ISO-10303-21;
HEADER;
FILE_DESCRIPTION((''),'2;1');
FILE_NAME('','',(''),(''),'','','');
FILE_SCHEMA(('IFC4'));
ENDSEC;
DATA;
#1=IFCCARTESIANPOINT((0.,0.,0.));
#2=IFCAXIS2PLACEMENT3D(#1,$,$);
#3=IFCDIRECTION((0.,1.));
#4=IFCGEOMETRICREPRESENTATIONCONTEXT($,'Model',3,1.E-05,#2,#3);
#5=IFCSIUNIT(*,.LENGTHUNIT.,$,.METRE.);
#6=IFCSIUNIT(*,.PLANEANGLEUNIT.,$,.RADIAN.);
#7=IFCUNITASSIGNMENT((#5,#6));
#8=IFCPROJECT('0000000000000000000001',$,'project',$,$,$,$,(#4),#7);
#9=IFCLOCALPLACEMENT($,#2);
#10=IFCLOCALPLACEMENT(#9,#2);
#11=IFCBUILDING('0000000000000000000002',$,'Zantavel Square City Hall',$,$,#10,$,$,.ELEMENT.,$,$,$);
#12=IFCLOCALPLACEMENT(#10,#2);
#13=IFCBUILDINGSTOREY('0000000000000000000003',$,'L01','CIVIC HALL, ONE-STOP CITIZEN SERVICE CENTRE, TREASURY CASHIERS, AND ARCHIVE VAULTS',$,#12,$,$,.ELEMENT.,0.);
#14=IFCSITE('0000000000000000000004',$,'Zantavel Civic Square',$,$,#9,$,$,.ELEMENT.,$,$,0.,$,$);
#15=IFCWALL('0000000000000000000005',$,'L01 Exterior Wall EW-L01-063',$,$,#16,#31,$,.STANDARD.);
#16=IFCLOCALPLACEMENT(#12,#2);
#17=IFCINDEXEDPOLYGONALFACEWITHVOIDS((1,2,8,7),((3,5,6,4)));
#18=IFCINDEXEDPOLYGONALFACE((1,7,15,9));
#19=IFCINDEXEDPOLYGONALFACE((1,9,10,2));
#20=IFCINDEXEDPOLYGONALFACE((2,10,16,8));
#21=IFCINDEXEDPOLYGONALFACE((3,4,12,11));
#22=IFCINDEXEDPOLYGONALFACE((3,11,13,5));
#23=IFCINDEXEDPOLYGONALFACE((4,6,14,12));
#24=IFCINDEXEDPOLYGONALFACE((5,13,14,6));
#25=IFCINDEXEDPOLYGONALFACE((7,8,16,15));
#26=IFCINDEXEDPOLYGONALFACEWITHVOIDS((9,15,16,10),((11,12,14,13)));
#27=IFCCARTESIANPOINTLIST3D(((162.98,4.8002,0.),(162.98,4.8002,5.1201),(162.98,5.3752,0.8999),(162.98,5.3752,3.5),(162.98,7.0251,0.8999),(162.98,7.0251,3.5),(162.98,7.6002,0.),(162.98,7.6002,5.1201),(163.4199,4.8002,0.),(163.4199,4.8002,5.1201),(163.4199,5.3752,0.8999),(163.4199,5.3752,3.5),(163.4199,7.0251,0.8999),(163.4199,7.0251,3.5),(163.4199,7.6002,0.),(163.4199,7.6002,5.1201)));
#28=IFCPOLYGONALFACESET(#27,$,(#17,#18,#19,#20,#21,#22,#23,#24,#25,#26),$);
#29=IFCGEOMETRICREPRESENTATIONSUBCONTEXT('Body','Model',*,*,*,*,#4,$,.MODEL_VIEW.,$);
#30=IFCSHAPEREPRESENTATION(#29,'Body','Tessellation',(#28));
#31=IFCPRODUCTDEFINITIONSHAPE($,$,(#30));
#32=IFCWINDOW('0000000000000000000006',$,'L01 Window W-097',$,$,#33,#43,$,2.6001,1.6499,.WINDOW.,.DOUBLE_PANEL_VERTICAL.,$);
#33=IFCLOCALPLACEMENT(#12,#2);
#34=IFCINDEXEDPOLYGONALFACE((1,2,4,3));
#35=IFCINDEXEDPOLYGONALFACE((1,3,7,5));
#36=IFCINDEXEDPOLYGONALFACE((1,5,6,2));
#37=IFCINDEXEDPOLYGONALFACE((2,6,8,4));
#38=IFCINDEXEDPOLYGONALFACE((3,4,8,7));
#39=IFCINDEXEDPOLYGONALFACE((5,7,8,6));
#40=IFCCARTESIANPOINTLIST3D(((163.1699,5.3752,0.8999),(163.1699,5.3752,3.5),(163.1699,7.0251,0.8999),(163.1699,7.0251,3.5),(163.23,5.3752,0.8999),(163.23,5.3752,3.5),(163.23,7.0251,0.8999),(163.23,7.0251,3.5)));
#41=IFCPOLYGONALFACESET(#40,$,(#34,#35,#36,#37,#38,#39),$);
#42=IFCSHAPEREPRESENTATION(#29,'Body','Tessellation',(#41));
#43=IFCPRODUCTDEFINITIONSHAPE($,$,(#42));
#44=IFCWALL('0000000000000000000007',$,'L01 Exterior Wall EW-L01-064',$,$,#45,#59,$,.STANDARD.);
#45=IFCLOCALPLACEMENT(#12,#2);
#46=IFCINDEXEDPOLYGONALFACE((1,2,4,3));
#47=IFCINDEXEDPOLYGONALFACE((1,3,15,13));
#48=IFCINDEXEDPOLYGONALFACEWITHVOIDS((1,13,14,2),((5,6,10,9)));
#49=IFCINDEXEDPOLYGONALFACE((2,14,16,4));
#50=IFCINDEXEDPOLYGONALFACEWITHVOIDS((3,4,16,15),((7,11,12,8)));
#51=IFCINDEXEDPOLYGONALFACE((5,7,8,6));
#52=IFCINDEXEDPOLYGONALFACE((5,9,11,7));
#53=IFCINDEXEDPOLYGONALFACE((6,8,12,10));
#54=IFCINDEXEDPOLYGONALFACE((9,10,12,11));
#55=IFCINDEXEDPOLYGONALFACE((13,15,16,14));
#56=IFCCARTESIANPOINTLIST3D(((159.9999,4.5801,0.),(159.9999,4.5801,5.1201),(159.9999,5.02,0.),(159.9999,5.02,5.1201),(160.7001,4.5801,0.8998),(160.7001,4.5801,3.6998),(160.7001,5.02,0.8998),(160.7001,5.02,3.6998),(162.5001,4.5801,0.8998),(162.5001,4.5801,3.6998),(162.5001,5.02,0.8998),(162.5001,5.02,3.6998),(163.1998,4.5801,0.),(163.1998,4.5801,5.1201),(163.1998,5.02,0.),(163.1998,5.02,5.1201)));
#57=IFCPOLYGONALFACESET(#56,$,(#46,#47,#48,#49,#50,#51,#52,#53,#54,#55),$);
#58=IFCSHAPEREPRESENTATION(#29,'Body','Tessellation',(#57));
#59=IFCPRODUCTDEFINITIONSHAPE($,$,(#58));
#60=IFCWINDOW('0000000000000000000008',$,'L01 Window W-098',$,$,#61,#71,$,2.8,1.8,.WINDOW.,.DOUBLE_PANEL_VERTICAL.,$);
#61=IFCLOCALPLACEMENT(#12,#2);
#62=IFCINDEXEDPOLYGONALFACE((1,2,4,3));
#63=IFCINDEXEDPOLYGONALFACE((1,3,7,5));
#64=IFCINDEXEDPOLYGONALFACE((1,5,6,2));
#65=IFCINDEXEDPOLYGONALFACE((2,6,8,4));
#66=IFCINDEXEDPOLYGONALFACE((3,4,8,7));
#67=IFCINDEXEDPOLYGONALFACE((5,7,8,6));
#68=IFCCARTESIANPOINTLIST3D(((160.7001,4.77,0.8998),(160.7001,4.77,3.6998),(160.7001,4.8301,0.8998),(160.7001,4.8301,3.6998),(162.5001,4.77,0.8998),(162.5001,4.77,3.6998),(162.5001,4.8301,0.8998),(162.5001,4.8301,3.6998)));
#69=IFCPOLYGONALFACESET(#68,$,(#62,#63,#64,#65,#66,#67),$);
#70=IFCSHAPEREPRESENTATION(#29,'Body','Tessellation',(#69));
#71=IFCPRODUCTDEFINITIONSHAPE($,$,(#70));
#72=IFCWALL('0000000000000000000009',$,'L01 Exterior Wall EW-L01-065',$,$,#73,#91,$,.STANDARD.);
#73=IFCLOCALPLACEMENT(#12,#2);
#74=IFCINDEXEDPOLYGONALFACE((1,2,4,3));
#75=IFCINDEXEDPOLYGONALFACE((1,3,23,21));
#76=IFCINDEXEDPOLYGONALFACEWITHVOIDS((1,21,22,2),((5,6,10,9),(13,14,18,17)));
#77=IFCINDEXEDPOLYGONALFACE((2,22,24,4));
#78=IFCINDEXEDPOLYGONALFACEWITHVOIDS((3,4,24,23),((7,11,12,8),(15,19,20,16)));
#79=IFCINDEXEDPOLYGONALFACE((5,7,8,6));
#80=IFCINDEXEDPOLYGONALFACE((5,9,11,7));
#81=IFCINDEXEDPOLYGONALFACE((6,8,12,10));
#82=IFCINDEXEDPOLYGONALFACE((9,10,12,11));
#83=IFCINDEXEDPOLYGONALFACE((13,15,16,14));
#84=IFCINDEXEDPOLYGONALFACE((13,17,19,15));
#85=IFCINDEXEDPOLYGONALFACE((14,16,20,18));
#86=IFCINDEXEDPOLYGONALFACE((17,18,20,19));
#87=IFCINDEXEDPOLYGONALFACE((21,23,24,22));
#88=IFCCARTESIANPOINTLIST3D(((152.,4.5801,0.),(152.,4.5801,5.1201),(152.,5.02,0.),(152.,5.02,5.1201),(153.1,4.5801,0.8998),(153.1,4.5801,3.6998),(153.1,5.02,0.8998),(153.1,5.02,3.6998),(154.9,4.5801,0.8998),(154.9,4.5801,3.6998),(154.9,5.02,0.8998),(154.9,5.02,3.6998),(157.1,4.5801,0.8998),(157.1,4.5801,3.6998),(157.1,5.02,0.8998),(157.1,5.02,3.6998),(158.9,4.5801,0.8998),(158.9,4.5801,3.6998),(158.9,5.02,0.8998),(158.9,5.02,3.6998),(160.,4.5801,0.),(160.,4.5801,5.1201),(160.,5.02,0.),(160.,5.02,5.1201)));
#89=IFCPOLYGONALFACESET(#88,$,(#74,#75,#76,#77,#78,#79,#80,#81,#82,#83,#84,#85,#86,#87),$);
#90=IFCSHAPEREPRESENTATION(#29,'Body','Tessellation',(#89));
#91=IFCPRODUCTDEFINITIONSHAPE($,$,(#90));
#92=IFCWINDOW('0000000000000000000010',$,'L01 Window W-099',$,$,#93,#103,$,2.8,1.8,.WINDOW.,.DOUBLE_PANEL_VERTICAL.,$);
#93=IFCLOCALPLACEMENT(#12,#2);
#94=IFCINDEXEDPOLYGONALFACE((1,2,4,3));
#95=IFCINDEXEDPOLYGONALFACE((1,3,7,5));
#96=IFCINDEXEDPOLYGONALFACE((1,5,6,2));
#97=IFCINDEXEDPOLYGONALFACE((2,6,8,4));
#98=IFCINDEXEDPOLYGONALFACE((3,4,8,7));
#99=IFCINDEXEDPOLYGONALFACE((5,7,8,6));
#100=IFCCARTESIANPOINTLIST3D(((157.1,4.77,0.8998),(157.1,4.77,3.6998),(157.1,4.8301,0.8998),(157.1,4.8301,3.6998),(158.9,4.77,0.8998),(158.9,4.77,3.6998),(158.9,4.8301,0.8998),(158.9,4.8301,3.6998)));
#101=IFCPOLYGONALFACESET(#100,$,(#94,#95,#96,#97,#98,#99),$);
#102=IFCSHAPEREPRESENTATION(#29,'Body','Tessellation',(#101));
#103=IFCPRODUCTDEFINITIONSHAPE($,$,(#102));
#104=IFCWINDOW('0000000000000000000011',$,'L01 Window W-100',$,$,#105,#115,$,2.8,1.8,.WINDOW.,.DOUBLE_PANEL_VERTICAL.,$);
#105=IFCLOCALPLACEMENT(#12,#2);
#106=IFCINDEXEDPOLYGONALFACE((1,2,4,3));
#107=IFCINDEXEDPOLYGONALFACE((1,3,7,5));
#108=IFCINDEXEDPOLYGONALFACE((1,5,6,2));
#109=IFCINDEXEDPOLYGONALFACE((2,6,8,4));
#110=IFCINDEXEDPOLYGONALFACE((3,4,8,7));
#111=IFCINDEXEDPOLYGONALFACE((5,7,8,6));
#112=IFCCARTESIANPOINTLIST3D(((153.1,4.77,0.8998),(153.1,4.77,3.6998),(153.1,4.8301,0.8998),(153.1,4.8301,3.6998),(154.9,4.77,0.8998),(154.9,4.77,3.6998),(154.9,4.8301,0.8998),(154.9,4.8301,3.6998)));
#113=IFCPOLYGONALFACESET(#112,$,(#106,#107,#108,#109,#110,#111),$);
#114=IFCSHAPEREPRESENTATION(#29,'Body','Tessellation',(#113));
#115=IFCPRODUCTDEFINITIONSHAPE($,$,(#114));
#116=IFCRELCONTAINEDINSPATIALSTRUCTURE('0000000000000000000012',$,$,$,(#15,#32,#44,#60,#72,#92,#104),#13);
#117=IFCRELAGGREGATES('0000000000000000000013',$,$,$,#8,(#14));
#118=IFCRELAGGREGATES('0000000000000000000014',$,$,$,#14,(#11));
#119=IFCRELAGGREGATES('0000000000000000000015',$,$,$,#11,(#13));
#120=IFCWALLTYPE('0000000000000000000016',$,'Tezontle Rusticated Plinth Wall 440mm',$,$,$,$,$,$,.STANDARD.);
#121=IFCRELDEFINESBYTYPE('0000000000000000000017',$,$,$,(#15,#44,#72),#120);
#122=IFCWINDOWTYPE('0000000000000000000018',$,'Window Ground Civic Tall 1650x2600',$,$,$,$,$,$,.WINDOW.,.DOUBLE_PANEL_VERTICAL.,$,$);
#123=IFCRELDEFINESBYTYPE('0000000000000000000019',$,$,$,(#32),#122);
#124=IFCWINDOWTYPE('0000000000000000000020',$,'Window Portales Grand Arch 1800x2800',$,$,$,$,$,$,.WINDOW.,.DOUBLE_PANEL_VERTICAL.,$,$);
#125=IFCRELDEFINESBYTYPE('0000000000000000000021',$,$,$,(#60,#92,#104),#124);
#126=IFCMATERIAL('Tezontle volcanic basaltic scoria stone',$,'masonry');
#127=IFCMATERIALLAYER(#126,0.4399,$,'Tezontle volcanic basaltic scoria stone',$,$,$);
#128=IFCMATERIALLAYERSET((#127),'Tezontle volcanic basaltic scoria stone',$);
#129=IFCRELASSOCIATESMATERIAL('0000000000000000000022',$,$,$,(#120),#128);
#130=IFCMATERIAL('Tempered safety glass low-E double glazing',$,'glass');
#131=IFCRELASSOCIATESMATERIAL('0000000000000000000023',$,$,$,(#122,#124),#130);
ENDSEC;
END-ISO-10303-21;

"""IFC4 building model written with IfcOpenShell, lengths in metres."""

from ifc_helpers import new_model, si_unit, direction, frame, frame_2d, origin, place, context, subcontext, project, spatial, rectangle, extrude, material, layer, layer_set, type_object, element, fill, save


model = new_model("IFC4")

# Units and contexts
model_context = context("Model", 3, precision=1e-05, world=origin(), true_north=direction((0.0, 1.0)))
body_context = subcontext(model_context, "Body", "Model", "MODEL_VIEW")
ifc_project = project(units=[si_unit("LENGTHUNIT", "METRE"), si_unit("PLANEANGLEUNIT", "RADIAN")], contexts=[model_context])

# Site, building, storey
site_placement = place(None, origin())
site = spatial("IfcSite", under=ifc_project, at=site_placement, Name="Zantavel Civic Square", CompositionType="ELEMENT", RefElevation=0.0)
building_placement = place(site_placement, origin())
building = spatial("IfcBuilding", under=site, at=building_placement, Name="Zantavel Square City Hall", CompositionType="ELEMENT")
storey_placement = place(building_placement, origin())
storey = spatial("IfcBuildingStorey", under=building, at=storey_placement, Name="L01", Description="CIVIC HALL, ONE-STOP CITIZEN SERVICE CENTRE, TREASURY CASHIERS, AND ARCHIVE VAULTS", CompositionType="ELEMENT", Elevation=0.0)

# Shared definitions
ifc_material_1 = material(Name="Tezontle volcanic basaltic scoria stone", Category="masonry")
ifc_layer = layer(ifc_material_1, 0.4399, Name="Tezontle volcanic basaltic scoria stone")
ifc_layer_set = layer_set([ifc_layer], Name="Tezontle volcanic basaltic scoria stone")
wall_type = type_object("IfcWallType", Name="Tezontle Rusticated Plinth Wall 440mm", PredefinedType="STANDARD", material=ifc_layer_set)
ifc_material_2 = material(Name="Tempered safety glass low-E double glazing", Category="glass")
window_type_1 = type_object("IfcWindowType", Name="Window Ground Civic Tall 1650x2600", PartitioningType="DOUBLE_PANEL_VERTICAL", PredefinedType="WINDOW", material=ifc_material_2)

# Walls, openings, windows
wall_1_placement = place(storey_placement, frame((163.2, 7.6001, 0.0), z_axis=(0.0, 0.0, 1.0), x_axis=(0.0, -1.0, 0.0)))
wall_1 = element("IfcWall", 1, at=wall_1_placement, inside=storey, type_object=wall_type, Name="L01 Exterior Wall EW-L01-063", PredefinedType="STANDARD", context=body_context, shape_type="SweptSolid", body=[
    extrude(rectangle(XDim=2.8, YDim=0.4399, at=frame_2d((1.3999, 0.0))), origin(), (0.0, 0.0, 1.0), 5.1201),
])
opening_1_placement = place(wall_1_placement, frame((0.575, 0.0, 0.8999)))
opening_1 = element("IfcOpeningElement", 2, at=opening_1_placement, cuts=wall_1, PredefinedType="OPENING", context=body_context, shape_type="SweptSolid", body=[
    extrude(rectangle(XDim=1.6499, YDim=2.6001, at=frame_2d((0.825, 1.3))), frame((0.0, 0.23, 0.0), z_axis=(0.0, -1.0, 0.0), x_axis=(1.0, 0.0, 0.0)), (0.0, 0.0, 1.0), 0.46),
])
window_1_placement = place(opening_1_placement, origin())
window_1 = element("IfcWindow", 3, at=window_1_placement, inside=storey, type_object=window_type_1, Name="L01 Window W-097", OverallHeight=2.6001, OverallWidth=1.6499, PartitioningType="DOUBLE_PANEL_VERTICAL", PredefinedType="WINDOW", context=body_context, shape_type="SweptSolid", body=[
    extrude(rectangle(XDim=1.6499, YDim=2.6001, at=frame_2d((0.825, 1.3))), frame((0.0, 0.03, 0.0), z_axis=(0.0, -1.0, 0.0), x_axis=(1.0, 0.0, 0.0)), (0.0, 0.0, 1.0), 0.0601),
])
fill(opening_1, window_1)
wall_2_placement = place(storey_placement, frame((163.2, 4.8, 0.0), z_axis=(0.0, 0.0, 1.0), x_axis=(-1.0, 0.0, 0.0)))
wall_2 = element("IfcWall", 4, at=wall_2_placement, inside=storey, type_object=wall_type, Name="L01 Exterior Wall EW-L01-064", PredefinedType="STANDARD", context=body_context, shape_type="SweptSolid", body=[
    extrude(rectangle(XDim=3.2, YDim=0.4399, at=frame_2d((1.6001, 0.0))), origin(), (0.0, 0.0, 1.0), 5.1201),
])
opening_2_placement = place(wall_2_placement, frame((0.7, 0.0, 0.8999)))
opening_2 = element("IfcOpeningElement", 5, at=opening_2_placement, cuts=wall_2, PredefinedType="OPENING", context=body_context, shape_type="SweptSolid", body=[
    extrude(rectangle(XDim=1.8, YDim=2.8, at=frame_2d((0.8999, 1.3999))), frame((0.0, 0.23, 0.0), z_axis=(0.0, -1.0, 0.0), x_axis=(1.0, 0.0, 0.0)), (0.0, 0.0, 1.0), 0.46),
])
window_type_2 = type_object("IfcWindowType", Name="Window Portales Grand Arch 1800x2800", PartitioningType="DOUBLE_PANEL_VERTICAL", PredefinedType="WINDOW", material=ifc_material_2)
window_2_placement = place(opening_2_placement, origin())
window_2 = element("IfcWindow", 6, at=window_2_placement, inside=storey, type_object=window_type_2, Name="L01 Window W-098", OverallHeight=2.8, OverallWidth=1.8, PartitioningType="DOUBLE_PANEL_VERTICAL", PredefinedType="WINDOW", context=body_context, shape_type="SweptSolid", body=[
    extrude(rectangle(XDim=1.8, YDim=2.8, at=frame_2d((0.8999, 1.3999))), frame((0.0, 0.03, 0.0), z_axis=(0.0, -1.0, 0.0), x_axis=(1.0, 0.0, 0.0)), (0.0, 0.0, 1.0), 0.0601),
])
fill(opening_2, window_2)

# Wall, openings, windows
wall_3_placement = place(storey_placement, frame((160.0, 4.8, 0.0), z_axis=(0.0, 0.0, 1.0), x_axis=(-1.0, 0.0, 0.0)))
wall_3 = element("IfcWall", 7, at=wall_3_placement, inside=storey, type_object=wall_type, Name="L01 Exterior Wall EW-L01-065", PredefinedType="STANDARD", context=body_context, shape_type="SweptSolid", body=[
    extrude(rectangle(XDim=8.0, YDim=0.4399, at=frame_2d((4.0, 0.0))), origin(), (0.0, 0.0, 1.0), 5.1201),
])
opening_3_placement = place(wall_3_placement, frame((1.1001, 0.0, 0.8999)))
opening_3 = element("IfcOpeningElement", 8, at=opening_3_placement, cuts=wall_3, PredefinedType="OPENING", context=body_context, shape_type="SweptSolid", body=[
    extrude(rectangle(XDim=1.8, YDim=2.8, at=frame_2d((0.8999, 1.3999))), frame((0.0, 0.23, 0.0), z_axis=(0.0, -1.0, 0.0), x_axis=(1.0, 0.0, 0.0)), (0.0, 0.0, 1.0), 0.46),
])
opening_4_placement = place(wall_3_placement, frame((5.1001, 0.0, 0.8999)))
opening_4 = element("IfcOpeningElement", 9, at=opening_4_placement, cuts=wall_3, PredefinedType="OPENING", context=body_context, shape_type="SweptSolid", body=[
    extrude(rectangle(XDim=1.8, YDim=2.8, at=frame_2d((0.8999, 1.3999))), frame((0.0, 0.23, 0.0), z_axis=(0.0, -1.0, 0.0), x_axis=(1.0, 0.0, 0.0)), (0.0, 0.0, 1.0), 0.46),
])
window_3_placement = place(opening_3_placement, origin())
window_3 = element("IfcWindow", 10, at=window_3_placement, inside=storey, type_object=window_type_2, Name="L01 Window W-099", OverallHeight=2.8, OverallWidth=1.8, PartitioningType="DOUBLE_PANEL_VERTICAL", PredefinedType="WINDOW", context=body_context, shape_type="SweptSolid", body=[
    extrude(rectangle(XDim=1.8, YDim=2.8, at=frame_2d((0.8999, 1.3999))), frame((0.0, 0.03, 0.0), z_axis=(0.0, -1.0, 0.0), x_axis=(1.0, 0.0, 0.0)), (0.0, 0.0, 1.0), 0.0601),
])
fill(opening_3, window_3)
window_4_placement = place(opening_4_placement, origin())
window_4 = element("IfcWindow", 11, at=window_4_placement, inside=storey, type_object=window_type_2, Name="L01 Window W-100", OverallHeight=2.8, OverallWidth=1.8, PartitioningType="DOUBLE_PANEL_VERTICAL", PredefinedType="WINDOW", context=body_context, shape_type="SweptSolid", body=[
    extrude(rectangle(XDim=1.8, YDim=2.8, at=frame_2d((0.8999, 1.3999))), frame((0.0, 0.03, 0.0), z_axis=(0.0, -1.0, 0.0), x_axis=(1.0, 0.0, 0.0)), (0.0, 0.0, 1.0), 0.0601),
])
fill(opening_4, window_4)

save(model, "model.ifc")
